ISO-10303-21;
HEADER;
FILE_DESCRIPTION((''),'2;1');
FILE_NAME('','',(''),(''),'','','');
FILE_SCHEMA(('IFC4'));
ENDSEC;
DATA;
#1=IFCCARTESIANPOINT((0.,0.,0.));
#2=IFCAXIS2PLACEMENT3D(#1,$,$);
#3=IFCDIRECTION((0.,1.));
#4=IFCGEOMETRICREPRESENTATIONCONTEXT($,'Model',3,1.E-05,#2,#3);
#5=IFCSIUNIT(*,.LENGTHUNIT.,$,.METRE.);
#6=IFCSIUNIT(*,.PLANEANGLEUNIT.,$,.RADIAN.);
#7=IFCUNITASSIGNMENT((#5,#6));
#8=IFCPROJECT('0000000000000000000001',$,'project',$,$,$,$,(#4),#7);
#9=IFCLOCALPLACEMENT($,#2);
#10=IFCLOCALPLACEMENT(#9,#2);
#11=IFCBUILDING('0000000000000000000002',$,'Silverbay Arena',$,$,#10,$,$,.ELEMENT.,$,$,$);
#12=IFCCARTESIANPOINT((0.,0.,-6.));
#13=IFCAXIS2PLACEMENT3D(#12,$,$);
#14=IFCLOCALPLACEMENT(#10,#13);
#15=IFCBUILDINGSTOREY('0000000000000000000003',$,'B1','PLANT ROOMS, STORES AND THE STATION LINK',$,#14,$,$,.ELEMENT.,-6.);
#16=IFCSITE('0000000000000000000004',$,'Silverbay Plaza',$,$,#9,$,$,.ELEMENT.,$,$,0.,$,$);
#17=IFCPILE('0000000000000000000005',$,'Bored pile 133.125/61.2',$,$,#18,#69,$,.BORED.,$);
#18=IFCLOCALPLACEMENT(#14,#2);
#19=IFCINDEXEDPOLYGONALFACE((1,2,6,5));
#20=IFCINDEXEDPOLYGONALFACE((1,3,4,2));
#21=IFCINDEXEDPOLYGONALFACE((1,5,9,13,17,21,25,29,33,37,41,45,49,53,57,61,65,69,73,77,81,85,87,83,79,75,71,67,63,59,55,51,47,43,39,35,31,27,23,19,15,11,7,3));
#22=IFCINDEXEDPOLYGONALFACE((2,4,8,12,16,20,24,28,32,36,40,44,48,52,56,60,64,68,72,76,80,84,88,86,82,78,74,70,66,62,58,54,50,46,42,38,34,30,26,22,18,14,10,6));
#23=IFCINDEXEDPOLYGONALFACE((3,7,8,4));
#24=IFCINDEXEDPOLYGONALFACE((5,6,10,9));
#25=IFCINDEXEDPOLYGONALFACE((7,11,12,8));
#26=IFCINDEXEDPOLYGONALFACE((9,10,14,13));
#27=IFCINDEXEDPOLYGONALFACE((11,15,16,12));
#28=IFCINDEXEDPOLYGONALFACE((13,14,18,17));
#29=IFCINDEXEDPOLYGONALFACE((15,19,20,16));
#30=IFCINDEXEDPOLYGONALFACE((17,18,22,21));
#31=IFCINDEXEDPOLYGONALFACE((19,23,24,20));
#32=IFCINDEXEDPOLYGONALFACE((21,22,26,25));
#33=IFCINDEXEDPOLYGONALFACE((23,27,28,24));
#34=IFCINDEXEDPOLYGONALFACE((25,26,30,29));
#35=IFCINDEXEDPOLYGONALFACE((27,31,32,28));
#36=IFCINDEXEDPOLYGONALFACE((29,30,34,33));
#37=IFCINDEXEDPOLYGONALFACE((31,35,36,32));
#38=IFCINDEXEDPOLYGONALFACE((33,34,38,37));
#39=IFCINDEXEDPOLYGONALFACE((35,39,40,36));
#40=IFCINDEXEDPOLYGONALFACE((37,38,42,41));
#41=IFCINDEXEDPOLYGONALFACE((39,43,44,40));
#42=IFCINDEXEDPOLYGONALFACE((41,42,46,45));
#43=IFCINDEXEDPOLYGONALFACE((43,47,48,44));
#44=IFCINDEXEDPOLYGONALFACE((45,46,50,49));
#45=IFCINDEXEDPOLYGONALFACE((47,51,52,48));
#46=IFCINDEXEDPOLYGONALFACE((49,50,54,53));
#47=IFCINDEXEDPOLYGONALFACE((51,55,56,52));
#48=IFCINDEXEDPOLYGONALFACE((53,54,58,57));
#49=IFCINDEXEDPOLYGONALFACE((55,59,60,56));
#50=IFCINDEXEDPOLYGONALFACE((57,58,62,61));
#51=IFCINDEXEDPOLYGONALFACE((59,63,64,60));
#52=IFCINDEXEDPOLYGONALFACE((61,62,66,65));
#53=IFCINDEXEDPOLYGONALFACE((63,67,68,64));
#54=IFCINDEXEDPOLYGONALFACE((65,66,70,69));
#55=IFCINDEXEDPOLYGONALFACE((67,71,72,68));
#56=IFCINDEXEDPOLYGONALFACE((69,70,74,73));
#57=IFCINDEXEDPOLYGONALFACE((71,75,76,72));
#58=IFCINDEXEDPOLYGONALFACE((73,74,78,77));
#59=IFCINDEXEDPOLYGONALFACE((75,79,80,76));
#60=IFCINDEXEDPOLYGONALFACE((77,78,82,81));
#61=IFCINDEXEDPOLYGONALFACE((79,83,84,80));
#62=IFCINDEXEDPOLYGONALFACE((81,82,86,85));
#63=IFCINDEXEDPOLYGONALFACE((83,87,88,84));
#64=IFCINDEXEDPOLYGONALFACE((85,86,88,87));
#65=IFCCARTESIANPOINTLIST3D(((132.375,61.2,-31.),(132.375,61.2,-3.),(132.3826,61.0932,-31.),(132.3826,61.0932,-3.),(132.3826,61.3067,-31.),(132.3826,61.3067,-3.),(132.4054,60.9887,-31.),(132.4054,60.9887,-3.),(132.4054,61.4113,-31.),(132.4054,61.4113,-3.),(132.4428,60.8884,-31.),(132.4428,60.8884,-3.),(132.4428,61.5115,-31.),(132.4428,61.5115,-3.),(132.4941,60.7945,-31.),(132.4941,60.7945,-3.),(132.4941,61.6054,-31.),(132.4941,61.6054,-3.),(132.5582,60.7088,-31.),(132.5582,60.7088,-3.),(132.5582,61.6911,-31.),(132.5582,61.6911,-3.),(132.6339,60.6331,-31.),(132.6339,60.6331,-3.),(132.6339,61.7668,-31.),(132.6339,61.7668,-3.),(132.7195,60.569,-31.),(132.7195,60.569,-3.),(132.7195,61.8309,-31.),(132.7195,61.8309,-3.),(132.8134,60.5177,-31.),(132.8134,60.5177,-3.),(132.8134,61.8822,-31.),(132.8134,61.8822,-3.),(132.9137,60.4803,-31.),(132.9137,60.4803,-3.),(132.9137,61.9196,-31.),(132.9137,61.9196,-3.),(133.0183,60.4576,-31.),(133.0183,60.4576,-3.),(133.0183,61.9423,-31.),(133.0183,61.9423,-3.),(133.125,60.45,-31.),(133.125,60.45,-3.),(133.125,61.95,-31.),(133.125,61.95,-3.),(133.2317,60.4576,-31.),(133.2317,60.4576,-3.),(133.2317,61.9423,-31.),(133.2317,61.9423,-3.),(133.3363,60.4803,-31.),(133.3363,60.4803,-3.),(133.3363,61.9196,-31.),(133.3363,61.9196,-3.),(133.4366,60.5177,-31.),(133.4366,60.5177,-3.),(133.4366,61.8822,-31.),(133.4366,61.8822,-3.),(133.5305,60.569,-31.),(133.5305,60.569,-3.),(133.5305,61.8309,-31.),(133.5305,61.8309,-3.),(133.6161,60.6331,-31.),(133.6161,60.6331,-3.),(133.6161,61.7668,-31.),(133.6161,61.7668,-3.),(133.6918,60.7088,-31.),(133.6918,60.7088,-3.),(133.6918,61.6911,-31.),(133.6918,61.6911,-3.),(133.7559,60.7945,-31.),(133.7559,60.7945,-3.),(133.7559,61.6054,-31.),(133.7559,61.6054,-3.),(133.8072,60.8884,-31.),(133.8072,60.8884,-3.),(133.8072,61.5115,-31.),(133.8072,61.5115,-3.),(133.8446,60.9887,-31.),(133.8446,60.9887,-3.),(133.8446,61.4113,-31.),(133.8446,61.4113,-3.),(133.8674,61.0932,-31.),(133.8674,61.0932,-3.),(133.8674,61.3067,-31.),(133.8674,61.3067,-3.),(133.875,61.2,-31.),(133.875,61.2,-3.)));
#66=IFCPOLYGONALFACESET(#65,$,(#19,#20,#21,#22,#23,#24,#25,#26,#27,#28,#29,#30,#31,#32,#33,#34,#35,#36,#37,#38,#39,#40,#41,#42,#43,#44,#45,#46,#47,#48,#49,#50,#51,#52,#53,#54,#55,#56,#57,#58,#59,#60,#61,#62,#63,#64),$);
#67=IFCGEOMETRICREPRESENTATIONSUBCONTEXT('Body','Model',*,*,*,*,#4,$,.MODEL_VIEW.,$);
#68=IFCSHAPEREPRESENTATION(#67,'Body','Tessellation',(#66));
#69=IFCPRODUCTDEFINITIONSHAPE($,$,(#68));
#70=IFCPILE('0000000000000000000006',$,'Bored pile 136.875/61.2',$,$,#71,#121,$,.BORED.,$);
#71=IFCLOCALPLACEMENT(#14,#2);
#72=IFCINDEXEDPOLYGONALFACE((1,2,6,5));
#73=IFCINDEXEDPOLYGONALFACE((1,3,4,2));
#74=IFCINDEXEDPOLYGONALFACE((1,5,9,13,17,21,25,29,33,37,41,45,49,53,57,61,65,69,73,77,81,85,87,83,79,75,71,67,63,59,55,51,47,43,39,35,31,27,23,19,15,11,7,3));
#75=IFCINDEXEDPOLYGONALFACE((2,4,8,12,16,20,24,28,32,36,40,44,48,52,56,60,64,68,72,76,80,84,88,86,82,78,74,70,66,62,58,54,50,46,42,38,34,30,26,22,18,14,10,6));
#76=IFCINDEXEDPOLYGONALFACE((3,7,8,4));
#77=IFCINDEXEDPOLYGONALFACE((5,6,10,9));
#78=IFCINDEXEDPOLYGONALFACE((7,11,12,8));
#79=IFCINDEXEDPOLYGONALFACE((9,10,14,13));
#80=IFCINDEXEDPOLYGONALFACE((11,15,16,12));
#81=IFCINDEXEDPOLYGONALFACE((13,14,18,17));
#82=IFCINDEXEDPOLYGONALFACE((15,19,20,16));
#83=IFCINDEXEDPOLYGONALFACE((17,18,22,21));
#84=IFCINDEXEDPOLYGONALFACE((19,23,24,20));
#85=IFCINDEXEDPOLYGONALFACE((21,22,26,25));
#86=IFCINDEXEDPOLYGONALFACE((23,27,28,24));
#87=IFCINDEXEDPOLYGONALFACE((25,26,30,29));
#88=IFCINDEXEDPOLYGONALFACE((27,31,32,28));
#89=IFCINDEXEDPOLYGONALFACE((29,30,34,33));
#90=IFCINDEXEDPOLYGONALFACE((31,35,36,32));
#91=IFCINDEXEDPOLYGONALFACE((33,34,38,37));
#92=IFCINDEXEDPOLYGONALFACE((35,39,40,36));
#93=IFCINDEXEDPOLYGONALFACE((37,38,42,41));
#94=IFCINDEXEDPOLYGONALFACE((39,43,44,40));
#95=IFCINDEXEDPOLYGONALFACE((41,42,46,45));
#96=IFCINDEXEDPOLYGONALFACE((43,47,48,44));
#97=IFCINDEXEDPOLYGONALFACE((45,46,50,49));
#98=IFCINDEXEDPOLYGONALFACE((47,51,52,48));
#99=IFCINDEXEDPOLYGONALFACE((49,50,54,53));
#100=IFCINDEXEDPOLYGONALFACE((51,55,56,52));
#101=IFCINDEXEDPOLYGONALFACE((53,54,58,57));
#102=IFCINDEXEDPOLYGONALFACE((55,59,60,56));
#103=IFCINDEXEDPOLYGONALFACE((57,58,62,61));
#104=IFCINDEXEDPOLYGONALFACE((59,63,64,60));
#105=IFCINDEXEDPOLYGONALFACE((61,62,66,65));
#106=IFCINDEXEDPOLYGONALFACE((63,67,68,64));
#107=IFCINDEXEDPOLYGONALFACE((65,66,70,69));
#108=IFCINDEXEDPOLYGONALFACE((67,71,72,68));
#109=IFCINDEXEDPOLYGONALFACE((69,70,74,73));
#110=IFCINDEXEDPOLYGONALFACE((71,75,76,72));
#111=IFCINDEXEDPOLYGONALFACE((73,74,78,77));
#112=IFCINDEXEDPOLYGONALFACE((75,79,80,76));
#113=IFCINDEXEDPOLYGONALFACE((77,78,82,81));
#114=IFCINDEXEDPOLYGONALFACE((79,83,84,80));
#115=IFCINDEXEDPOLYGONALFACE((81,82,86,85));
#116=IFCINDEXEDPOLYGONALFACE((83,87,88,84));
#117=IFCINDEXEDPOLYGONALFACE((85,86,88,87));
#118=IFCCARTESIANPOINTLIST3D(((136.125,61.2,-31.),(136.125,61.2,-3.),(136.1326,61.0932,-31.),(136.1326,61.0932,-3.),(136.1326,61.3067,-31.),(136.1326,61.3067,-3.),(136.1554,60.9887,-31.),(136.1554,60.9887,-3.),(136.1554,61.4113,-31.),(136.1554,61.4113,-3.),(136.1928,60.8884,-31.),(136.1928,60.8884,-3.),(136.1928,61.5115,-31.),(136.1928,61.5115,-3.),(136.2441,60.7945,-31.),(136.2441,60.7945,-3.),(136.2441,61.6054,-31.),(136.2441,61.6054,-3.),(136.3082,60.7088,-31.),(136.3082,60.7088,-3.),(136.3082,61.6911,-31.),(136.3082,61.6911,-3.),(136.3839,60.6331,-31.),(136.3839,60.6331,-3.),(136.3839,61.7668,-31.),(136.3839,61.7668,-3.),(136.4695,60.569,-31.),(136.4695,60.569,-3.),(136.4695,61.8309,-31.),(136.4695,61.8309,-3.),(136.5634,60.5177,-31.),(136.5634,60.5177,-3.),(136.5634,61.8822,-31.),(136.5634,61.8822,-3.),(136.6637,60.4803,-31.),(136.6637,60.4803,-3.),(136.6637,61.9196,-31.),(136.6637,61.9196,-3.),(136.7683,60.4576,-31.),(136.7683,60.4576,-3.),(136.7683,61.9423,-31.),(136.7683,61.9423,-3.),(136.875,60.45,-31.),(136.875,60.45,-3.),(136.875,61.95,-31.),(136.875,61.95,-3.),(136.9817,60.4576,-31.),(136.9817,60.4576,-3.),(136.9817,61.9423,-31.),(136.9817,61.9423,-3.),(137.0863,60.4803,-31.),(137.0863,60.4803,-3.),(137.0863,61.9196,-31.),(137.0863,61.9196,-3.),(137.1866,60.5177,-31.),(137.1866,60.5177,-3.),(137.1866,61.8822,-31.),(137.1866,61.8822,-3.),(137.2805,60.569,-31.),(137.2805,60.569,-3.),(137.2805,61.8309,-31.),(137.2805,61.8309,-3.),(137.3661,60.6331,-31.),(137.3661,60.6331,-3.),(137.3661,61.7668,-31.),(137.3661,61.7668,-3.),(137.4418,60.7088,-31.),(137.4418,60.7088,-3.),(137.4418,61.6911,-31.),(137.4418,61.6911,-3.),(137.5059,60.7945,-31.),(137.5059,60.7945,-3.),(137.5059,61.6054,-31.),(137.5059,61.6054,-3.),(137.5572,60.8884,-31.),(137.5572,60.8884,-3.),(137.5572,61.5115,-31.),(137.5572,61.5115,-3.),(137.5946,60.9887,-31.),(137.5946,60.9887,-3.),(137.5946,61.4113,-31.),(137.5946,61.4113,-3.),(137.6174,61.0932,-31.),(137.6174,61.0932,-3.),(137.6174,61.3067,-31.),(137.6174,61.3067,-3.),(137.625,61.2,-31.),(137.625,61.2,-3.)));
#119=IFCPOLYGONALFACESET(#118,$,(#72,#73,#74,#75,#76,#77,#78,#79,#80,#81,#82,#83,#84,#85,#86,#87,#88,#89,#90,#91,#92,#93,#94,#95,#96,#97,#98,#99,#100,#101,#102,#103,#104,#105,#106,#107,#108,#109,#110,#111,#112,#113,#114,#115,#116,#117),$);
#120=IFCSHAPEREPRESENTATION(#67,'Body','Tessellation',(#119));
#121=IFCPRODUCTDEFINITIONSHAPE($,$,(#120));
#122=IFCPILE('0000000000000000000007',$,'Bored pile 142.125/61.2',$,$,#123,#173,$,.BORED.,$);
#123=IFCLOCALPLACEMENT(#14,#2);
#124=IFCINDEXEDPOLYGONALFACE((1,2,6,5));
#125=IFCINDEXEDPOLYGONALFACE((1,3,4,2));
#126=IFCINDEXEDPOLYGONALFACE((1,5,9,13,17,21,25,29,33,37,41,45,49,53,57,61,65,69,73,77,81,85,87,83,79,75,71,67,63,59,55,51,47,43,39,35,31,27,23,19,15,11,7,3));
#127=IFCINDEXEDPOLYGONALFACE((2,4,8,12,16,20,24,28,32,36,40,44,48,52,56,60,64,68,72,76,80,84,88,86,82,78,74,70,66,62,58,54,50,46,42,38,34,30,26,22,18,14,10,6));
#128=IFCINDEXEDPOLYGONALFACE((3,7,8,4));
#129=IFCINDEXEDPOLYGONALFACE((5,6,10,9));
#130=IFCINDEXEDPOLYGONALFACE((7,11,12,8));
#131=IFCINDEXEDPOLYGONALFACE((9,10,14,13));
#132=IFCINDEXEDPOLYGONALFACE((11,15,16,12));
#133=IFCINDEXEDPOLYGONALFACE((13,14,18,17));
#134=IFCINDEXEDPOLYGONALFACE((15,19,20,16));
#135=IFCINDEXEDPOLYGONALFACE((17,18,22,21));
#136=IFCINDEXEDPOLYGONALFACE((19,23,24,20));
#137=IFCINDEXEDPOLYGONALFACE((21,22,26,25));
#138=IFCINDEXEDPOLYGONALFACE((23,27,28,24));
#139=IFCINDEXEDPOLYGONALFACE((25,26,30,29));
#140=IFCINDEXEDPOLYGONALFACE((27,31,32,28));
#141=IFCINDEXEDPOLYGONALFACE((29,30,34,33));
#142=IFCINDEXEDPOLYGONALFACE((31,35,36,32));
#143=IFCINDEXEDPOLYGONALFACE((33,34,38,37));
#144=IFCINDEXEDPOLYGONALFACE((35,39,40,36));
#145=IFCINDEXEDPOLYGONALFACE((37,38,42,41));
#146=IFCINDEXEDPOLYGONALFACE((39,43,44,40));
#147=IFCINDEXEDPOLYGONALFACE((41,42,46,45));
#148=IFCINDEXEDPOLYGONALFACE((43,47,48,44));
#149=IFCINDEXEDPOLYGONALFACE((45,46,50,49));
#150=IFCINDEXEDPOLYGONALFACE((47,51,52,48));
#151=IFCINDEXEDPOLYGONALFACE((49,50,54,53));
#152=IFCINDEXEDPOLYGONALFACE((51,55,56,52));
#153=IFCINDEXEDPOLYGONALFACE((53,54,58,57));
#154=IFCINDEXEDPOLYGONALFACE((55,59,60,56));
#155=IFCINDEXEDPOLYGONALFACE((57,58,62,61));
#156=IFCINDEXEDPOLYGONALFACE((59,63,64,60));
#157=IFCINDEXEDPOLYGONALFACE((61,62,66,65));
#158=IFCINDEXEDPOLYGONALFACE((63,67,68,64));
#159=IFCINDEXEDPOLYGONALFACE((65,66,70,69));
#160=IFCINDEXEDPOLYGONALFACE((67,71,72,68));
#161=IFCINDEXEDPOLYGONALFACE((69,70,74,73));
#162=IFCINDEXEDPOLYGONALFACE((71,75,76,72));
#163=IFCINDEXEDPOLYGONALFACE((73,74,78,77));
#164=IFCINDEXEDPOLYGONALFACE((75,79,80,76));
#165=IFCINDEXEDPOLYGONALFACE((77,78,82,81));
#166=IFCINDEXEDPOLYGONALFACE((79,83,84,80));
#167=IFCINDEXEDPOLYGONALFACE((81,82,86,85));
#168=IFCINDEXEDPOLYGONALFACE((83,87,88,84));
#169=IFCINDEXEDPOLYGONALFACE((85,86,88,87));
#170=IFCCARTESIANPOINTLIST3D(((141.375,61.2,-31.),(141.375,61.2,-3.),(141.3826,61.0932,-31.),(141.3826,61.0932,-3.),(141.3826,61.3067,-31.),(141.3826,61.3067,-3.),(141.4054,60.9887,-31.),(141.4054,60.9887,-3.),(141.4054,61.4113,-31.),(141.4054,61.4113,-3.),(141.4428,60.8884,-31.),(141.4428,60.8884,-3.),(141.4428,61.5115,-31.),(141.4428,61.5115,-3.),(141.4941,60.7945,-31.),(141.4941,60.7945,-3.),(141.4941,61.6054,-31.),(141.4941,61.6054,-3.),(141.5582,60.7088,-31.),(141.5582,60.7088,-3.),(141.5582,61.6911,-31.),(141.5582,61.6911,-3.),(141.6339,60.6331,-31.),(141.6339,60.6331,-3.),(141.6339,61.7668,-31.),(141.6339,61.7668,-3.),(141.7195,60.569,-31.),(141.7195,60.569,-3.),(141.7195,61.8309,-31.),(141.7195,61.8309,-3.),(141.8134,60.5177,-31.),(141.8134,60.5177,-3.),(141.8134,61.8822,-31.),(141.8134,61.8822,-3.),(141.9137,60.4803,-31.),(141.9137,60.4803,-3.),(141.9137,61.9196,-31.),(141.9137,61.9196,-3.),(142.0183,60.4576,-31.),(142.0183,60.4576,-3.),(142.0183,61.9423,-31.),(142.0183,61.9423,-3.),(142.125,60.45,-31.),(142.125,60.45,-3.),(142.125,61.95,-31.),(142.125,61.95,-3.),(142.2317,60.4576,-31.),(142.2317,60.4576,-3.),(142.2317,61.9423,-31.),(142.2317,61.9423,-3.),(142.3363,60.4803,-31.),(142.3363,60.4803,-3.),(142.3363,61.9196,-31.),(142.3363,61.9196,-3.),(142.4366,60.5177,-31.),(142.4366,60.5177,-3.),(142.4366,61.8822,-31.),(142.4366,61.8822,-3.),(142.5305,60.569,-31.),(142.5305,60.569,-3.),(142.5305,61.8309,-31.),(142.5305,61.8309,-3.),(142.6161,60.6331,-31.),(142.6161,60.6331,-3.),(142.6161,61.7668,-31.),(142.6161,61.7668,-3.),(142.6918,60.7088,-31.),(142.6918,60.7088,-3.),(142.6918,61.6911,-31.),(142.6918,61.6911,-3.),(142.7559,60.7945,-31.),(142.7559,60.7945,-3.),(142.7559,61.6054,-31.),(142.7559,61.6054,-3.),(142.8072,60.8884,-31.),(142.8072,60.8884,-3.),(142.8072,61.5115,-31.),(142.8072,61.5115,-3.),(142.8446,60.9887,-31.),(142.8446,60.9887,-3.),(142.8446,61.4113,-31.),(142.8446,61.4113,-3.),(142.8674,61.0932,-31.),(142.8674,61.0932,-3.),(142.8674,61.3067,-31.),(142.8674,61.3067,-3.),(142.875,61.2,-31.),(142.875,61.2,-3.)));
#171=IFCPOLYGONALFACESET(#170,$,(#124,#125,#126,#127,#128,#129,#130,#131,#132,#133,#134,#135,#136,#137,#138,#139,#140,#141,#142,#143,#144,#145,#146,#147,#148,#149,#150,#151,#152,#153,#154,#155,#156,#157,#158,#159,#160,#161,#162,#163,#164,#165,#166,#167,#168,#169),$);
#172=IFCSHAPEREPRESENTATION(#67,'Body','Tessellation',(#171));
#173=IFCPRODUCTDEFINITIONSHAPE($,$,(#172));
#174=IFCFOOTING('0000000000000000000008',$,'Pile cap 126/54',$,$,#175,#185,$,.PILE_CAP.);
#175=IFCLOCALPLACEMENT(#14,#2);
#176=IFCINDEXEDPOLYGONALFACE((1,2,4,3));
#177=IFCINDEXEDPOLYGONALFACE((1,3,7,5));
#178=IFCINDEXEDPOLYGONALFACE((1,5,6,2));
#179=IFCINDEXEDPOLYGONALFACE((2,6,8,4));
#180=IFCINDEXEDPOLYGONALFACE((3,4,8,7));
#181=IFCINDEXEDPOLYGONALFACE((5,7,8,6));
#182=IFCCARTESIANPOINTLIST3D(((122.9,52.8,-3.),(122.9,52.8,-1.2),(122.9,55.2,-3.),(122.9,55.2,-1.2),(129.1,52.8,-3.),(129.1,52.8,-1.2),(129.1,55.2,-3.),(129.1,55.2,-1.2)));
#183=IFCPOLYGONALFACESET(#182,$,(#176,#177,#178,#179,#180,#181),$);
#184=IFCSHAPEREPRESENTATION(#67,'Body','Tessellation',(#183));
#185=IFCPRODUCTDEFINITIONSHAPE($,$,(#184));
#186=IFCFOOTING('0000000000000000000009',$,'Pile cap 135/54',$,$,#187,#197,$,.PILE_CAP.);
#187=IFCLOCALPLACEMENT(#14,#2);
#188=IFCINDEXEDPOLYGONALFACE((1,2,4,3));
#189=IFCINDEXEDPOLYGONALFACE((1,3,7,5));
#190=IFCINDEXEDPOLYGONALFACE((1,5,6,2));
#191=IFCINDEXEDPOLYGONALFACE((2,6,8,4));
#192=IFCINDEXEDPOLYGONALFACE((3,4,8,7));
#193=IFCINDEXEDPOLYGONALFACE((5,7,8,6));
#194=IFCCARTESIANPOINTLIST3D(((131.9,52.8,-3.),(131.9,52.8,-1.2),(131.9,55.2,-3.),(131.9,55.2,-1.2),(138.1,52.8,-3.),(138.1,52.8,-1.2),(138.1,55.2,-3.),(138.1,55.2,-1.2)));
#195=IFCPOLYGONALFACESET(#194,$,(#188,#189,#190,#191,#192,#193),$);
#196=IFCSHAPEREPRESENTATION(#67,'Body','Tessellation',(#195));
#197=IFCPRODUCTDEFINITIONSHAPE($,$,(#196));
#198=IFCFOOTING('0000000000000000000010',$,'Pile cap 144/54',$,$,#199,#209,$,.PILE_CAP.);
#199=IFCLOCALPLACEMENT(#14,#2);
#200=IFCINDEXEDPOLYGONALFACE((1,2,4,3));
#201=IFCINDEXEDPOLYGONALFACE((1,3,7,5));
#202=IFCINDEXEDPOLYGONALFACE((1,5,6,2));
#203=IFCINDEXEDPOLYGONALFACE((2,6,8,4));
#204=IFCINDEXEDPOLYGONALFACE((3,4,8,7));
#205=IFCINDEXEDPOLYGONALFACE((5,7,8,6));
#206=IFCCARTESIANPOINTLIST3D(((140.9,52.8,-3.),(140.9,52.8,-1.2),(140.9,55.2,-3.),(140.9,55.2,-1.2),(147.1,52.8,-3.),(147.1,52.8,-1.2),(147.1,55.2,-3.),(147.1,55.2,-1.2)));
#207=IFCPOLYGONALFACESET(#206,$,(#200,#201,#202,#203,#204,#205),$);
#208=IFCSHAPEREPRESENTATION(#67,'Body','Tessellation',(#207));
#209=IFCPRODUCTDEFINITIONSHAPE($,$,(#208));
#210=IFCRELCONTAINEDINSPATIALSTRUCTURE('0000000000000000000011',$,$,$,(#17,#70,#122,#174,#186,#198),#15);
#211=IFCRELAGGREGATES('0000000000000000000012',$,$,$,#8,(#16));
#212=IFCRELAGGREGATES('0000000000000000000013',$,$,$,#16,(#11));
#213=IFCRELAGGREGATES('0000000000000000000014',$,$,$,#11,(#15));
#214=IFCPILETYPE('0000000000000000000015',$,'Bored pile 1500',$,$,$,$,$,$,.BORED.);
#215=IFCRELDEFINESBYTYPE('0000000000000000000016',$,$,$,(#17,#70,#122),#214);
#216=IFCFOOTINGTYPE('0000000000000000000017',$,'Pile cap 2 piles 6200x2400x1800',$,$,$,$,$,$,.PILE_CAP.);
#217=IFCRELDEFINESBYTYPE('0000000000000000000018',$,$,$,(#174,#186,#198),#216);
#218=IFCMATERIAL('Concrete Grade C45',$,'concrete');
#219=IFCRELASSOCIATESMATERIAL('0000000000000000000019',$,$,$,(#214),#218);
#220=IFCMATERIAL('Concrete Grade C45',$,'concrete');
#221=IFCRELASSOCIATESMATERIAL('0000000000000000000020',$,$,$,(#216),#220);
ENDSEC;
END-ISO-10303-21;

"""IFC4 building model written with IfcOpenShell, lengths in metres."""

from ifc_helpers import new_model, si_unit, direction, frame, origin, origin_2d, place, context, subcontext, project, spatial, rectangle, circle, extrude, material, material_profile, profile_set, type_object, element, save


model = new_model("IFC4")

# Units and contexts
model_context = context("Model", 3, precision=1e-05, world=origin(), true_north=direction((0.0, 1.0)))
body_context = subcontext(model_context, "Body", "Model", "MODEL_VIEW")
ifc_project = project(units=[si_unit("LENGTHUNIT", "METRE"), si_unit("PLANEANGLEUNIT", "RADIAN")], contexts=[model_context])

# Site, building, storey
site_placement = place(None, origin())
site = spatial("IfcSite", under=ifc_project, at=site_placement, Name="Silverbay Plaza", CompositionType="ELEMENT", RefElevation=0.0)
building_placement = place(site_placement, origin())
building = spatial("IfcBuilding", under=site, at=building_placement, Name="Silverbay Arena", CompositionType="ELEMENT")
storey_placement = place(building_placement, frame((0.0, 0.0, -6.0)))
storey = spatial("IfcBuildingStorey", under=building, at=storey_placement, Name="B1", Description="PLANT ROOMS, STORES AND THE STATION LINK", CompositionType="ELEMENT", Elevation=-6.0)

# Piles
ifc_material_1 = material(Name="Concrete Grade C45", Category="concrete")
ifc_material_profile_1 = material_profile(ifc_material_1, circle(Radius=0.75, at=origin_2d()), Name="Bored pile 1500")
ifc_profile_set_1 = profile_set([ifc_material_profile_1], Name="Concrete Grade C45")
pile_type = type_object("IfcPileType", Name="Bored pile 1500", PredefinedType="BORED", material=ifc_profile_set_1)
for number, where, z_axis, x_axis, name in (
    (1, (133.125, 61.2, -3.0), (0.0, 0.0, -1.0), (1.0, 0.0, 0.0), "Bored pile 133.125/61.2"),
    (2, (136.875, 61.2, -3.0), (0.0, 0.0, -1.0), (1.0, 0.0, 0.0), "Bored pile 136.875/61.2"),
    (3, (142.125, 61.2, -3.0), (0.0, 0.0, -1.0), (1.0, 0.0, 0.0), "Bored pile 142.125/61.2"),
):
    element("IfcPile", number, at=place(storey_placement, frame(where, z_axis=z_axis, x_axis=x_axis)), inside=storey, type_object=pile_type, Name=name, PredefinedType="BORED", context=body_context, shape_type="SweptSolid", body=[
        extrude(circle(Radius=0.75, at=origin_2d()), origin(), (0.0, 0.0, 1.0), 28.0),
    ])

# Footings
ifc_material_2 = material(Name="Concrete Grade C45", Category="concrete")
footing_type = type_object("IfcFootingType", Name="Pile cap 2 piles 6200x2400x1800", PredefinedType="PILE_CAP", material=ifc_material_2)
for number, where, z_axis, x_axis, name in (
    (4, (126.0, 54.0, -3.0), (0.0, 0.0, 1.0), (1.0, 0.0, 0.0), "Pile cap 126/54"),
    (5, (135.0, 54.0, -3.0), (0.0, 0.0, 1.0), (1.0, 0.0, 0.0), "Pile cap 135/54"),
    (6, (144.0, 54.0, -3.0), (0.0, 0.0, 1.0), (1.0, 0.0, 0.0), "Pile cap 144/54"),
):
    element("IfcFooting", number, at=place(storey_placement, frame(where, z_axis=z_axis, x_axis=x_axis)), inside=storey, type_object=footing_type, Name=name, PredefinedType="PILE_CAP", context=body_context, shape_type="SweptSolid", body=[
        extrude(rectangle(XDim=6.2, YDim=2.3999, at=origin_2d()), origin(), (0.0, 0.0, 1.0), 1.8),
    ])

save(model, "model.ifc")
